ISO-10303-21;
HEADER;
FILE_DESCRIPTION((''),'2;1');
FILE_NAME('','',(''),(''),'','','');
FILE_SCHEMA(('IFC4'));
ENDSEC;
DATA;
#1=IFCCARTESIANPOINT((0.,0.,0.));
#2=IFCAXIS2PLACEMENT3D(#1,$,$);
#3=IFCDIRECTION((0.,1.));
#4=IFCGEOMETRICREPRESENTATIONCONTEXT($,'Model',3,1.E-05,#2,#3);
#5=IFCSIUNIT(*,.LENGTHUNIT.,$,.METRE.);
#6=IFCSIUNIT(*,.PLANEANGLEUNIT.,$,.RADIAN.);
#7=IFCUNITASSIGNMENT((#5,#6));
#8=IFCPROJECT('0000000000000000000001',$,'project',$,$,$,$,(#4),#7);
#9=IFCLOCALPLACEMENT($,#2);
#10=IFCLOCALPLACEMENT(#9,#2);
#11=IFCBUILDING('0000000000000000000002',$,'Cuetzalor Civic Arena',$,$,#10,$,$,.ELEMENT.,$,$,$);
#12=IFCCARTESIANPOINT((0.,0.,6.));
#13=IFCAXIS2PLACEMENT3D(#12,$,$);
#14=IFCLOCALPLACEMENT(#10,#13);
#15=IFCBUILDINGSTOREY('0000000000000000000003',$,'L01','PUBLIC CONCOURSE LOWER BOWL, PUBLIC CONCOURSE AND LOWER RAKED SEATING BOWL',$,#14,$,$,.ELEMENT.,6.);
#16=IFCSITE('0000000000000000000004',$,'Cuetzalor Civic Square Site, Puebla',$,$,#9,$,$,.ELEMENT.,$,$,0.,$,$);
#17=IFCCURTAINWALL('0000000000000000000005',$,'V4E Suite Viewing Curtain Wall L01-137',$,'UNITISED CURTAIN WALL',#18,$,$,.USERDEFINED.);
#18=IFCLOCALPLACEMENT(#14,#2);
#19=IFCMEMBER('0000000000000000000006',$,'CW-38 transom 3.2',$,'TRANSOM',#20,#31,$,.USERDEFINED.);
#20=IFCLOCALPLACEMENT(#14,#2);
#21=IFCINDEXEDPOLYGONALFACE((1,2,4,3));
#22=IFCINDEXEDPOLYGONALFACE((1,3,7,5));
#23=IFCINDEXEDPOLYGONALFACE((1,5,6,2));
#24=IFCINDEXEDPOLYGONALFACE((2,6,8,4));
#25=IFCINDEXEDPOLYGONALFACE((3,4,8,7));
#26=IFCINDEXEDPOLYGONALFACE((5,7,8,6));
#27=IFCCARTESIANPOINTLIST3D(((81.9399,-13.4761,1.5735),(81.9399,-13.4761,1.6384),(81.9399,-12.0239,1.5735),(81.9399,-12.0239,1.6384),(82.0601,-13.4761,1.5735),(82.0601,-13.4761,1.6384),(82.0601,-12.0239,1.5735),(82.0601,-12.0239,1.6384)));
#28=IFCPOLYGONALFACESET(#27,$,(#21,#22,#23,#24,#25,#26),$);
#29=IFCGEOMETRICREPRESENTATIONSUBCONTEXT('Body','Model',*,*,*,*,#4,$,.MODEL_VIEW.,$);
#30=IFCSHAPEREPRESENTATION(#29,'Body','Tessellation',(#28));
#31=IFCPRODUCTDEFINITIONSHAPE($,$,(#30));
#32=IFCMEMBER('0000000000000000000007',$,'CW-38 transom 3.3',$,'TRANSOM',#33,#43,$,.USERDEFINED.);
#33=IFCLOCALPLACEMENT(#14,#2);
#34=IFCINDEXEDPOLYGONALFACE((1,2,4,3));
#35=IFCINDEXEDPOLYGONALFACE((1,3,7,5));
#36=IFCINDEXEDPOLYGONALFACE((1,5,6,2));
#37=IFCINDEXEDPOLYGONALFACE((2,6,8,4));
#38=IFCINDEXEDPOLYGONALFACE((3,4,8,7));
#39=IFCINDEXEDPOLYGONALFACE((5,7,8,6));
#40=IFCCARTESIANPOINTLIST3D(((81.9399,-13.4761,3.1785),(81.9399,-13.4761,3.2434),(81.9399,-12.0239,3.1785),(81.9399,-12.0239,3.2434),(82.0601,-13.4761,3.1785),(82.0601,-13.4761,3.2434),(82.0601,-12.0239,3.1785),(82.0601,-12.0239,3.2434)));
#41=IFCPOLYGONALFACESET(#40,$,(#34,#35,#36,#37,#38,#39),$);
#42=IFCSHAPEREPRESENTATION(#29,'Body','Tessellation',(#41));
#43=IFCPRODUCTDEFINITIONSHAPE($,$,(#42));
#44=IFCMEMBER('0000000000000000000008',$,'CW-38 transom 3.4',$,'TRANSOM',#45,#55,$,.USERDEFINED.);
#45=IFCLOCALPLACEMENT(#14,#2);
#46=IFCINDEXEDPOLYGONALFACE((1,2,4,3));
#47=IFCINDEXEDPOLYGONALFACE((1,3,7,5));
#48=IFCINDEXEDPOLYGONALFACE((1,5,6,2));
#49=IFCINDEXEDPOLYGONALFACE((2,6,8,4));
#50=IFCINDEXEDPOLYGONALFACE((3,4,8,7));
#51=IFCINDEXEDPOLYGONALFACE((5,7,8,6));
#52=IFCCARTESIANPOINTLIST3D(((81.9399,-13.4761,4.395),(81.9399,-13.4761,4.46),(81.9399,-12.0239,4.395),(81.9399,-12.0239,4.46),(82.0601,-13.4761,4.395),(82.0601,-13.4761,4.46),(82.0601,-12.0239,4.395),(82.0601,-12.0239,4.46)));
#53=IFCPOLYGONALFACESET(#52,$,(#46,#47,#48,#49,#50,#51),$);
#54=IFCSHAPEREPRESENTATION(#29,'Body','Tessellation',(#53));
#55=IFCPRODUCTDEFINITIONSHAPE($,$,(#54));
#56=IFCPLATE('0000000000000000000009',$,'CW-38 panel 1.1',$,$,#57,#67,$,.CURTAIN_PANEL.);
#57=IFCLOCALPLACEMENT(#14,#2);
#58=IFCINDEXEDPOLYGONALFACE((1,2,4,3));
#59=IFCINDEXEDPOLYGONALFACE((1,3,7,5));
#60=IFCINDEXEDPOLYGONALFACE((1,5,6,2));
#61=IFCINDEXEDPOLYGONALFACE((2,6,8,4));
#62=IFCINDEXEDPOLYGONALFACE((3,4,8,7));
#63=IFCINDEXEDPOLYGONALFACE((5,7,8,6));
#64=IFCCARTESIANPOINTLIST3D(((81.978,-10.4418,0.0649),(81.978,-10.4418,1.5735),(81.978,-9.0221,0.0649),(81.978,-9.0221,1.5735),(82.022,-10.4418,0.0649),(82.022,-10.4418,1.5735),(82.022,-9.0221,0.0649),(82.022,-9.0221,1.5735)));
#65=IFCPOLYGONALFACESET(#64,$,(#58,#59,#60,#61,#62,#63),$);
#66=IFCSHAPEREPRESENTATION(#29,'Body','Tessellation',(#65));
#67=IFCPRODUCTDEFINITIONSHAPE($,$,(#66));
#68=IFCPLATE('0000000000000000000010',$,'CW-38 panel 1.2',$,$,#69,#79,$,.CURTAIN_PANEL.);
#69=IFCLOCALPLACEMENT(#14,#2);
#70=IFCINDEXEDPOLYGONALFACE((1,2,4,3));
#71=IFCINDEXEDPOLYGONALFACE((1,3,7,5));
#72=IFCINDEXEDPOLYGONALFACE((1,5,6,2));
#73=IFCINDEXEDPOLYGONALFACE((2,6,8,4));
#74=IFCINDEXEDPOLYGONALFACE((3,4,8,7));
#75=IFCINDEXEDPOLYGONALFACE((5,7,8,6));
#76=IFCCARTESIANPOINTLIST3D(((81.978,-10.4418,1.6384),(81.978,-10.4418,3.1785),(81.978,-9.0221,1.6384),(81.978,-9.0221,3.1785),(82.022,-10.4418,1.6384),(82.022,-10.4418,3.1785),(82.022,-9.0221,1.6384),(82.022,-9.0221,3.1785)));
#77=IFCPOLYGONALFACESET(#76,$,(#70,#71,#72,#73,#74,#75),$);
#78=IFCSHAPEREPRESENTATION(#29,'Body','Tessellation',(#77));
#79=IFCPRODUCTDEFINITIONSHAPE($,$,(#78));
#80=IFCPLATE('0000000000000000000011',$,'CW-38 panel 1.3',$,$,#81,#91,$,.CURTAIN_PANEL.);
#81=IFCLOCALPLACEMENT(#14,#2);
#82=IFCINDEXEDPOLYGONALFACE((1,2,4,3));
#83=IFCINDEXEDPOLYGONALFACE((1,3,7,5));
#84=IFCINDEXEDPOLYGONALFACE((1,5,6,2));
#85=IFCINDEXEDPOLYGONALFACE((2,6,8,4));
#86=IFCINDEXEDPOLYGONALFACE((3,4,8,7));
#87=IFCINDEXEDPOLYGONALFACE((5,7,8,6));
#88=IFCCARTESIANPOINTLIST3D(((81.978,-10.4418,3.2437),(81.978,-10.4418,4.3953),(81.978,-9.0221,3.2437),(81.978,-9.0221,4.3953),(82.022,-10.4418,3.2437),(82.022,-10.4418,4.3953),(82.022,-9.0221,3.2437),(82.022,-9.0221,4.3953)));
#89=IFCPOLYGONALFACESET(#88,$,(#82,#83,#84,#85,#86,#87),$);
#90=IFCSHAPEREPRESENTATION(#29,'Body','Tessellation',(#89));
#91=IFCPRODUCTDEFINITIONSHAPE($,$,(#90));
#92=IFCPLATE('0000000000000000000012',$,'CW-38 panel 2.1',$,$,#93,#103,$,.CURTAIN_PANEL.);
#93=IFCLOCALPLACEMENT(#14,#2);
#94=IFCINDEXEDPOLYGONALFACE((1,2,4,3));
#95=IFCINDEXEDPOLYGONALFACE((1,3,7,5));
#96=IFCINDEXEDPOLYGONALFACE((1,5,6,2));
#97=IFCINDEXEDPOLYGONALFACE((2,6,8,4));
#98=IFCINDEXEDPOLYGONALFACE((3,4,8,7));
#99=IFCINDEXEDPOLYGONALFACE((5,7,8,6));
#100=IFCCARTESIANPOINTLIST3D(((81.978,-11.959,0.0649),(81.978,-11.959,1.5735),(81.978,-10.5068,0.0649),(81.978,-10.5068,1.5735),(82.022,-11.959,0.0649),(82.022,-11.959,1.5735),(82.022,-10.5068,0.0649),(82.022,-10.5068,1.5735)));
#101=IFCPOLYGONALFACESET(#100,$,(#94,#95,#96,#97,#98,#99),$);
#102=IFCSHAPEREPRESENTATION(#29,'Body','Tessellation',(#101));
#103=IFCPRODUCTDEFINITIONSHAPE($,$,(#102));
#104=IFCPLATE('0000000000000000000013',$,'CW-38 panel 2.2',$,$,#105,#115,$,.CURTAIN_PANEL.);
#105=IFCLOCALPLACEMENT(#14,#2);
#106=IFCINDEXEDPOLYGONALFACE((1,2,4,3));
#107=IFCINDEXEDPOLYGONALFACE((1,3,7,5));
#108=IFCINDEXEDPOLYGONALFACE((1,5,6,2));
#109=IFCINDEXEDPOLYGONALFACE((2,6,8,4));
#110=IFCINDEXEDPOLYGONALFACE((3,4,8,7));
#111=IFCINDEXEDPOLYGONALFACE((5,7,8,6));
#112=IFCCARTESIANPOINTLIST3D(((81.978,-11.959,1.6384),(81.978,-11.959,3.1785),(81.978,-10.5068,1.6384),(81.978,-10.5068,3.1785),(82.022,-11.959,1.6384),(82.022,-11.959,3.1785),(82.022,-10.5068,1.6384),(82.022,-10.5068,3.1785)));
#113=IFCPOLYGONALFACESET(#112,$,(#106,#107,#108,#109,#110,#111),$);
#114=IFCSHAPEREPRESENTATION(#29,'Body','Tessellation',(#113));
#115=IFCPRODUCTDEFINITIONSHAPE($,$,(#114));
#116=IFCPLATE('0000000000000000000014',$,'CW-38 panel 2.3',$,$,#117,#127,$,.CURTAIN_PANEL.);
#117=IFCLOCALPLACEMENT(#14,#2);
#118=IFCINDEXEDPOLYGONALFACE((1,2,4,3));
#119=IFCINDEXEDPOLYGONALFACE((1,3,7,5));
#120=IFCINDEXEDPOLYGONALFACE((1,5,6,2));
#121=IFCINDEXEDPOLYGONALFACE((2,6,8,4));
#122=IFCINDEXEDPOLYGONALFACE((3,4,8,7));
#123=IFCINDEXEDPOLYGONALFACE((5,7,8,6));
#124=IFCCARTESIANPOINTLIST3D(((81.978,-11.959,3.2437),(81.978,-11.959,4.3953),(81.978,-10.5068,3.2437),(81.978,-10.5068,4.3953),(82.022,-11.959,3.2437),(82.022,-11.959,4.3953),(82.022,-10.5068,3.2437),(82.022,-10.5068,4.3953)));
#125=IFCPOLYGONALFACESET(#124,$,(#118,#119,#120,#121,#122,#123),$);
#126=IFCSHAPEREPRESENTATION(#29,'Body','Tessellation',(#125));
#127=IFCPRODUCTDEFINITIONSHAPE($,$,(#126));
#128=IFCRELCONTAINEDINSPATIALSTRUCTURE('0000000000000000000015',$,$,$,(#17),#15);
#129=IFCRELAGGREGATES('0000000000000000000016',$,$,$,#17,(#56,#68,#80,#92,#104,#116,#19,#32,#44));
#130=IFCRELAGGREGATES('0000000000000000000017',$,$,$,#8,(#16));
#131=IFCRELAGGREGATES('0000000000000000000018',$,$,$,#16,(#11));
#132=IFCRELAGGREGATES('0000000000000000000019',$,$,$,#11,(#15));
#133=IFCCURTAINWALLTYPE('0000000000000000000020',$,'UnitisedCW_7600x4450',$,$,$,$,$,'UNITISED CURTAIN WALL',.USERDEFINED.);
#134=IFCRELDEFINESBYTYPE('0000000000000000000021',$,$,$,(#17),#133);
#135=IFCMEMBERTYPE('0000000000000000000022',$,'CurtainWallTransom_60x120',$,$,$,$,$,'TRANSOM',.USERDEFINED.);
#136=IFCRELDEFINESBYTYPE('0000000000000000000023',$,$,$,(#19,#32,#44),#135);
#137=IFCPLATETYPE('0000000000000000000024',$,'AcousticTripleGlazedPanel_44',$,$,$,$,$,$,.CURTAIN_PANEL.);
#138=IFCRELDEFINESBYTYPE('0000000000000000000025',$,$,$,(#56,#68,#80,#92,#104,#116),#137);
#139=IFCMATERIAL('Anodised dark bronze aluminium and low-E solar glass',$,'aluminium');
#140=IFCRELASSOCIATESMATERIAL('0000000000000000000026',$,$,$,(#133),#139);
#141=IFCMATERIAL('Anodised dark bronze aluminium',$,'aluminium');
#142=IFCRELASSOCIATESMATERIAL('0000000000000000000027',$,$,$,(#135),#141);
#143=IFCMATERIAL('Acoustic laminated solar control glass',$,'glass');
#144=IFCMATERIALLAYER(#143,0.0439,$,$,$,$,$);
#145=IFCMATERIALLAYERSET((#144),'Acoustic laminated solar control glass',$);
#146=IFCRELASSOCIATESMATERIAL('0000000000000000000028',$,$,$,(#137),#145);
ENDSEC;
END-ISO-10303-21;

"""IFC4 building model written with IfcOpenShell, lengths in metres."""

from ifc_helpers import new_model, si_unit, direction, frame, origin, origin_2d, place, context, subcontext, project, spatial, rectangle, extrude, material, layer, layer_set, material_profile, profile_set, type_object, element, aggregate, save


model = new_model("IFC4")

# Units and contexts
model_context = context("Model", 3, precision=1e-05, world=origin(), true_north=direction((0.0, 1.0)))
body_context = subcontext(model_context, "Body", "Model", "MODEL_VIEW")
ifc_project = project(units=[si_unit("LENGTHUNIT", "METRE"), si_unit("PLANEANGLEUNIT", "RADIAN")], contexts=[model_context])

# Site, building, storey
site_placement = place(None, origin())
site = spatial("IfcSite", under=ifc_project, at=site_placement, Name="Cuetzalor Civic Square Site, Puebla", CompositionType="ELEMENT", RefElevation=0.0)
building_placement = place(site_placement, origin())
building = spatial("IfcBuilding", under=site, at=building_placement, Name="Cuetzalor Civic Arena", CompositionType="ELEMENT")
storey_placement = place(building_placement, frame((0.0, 0.0, 6.0)))
storey = spatial("IfcBuildingStorey", under=building, at=storey_placement, Name="L01", Description="PUBLIC CONCOURSE LOWER BOWL, PUBLIC CONCOURSE AND LOWER RAKED SEATING BOWL", CompositionType="ELEMENT", Elevation=6.0)

# Curtain wall, members, plates
ifc_material_1 = material(Name="Anodised dark bronze aluminium and low-E solar glass", Category="aluminium")
curtain_wall_type = type_object("IfcCurtainWallType", Name="UnitisedCW_7600x4450", ElementType="UNITISED CURTAIN WALL", PredefinedType="USERDEFINED", material=ifc_material_1)
curtain_wall_placement = place(storey_placement, origin())
curtain_wall = element("IfcCurtainWall", 1, at=curtain_wall_placement, inside=storey, type_object=curtain_wall_type, Name="V4E Suite Viewing Curtain Wall L01-137", ObjectType="UNITISED CURTAIN WALL", PredefinedType="USERDEFINED")
ifc_material_2 = material(Name="Anodised dark bronze aluminium", Category="aluminium")
ifc_material_profile_1 = material_profile(ifc_material_2, rectangle(XDim=0.1201, YDim=0.0649, at=origin_2d()), Name="ALU TRANSOM 65x120")
ifc_profile_set_1 = profile_set([ifc_material_profile_1], Name="Anodised dark bronze aluminium")
member_type_1 = type_object("IfcMemberType", Name="CurtainWallTransom_60x120", ElementType="TRANSOM", PredefinedType="USERDEFINED", material=ifc_profile_set_1)
member_1_placement = place(storey_placement, frame((82.0, -12.0239, 1.606), z_axis=(0.0, -1.0, 0.0), x_axis=(1.0, 0.0, 0.0)))
member_1 = element("IfcMember", 2, at=member_1_placement, type_object=member_type_1, Name="CW-38 transom 3.2", ObjectType="TRANSOM", PredefinedType="USERDEFINED", context=body_context, shape_type="SweptSolid", body=[
    extrude(rectangle(XDim=0.1201, YDim=0.0649, at=origin_2d()), origin(), (0.0, 0.0, 1.0), 1.4521),
])
member_2_placement = place(storey_placement, frame((82.0, -12.0239, 3.2109), z_axis=(0.0, -1.0, 0.0), x_axis=(1.0, 0.0, 0.0)))
member_2 = element("IfcMember", 3, at=member_2_placement, type_object=member_type_1, Name="CW-38 transom 3.3", ObjectType="TRANSOM", PredefinedType="USERDEFINED", context=body_context, shape_type="SweptSolid", body=[
    extrude(rectangle(XDim=0.1201, YDim=0.0649, at=origin_2d()), origin(), (0.0, 0.0, 1.0), 1.4521),
])
member_3_placement = place(storey_placement, frame((82.0, -12.0239, 4.4275), z_axis=(0.0, -1.0, 0.0), x_axis=(1.0, 0.0, 0.0)))
member_3 = element("IfcMember", 4, at=member_3_placement, type_object=member_type_1, Name="CW-38 transom 3.4", ObjectType="TRANSOM", PredefinedType="USERDEFINED", context=body_context, shape_type="SweptSolid", body=[
    extrude(rectangle(XDim=0.1201, YDim=0.0649, at=origin_2d()), origin(), (0.0, 0.0, 1.0), 1.4521),
])
ifc_material_3 = material(Name="Acoustic laminated solar control glass", Category="glass")
ifc_layer = layer(ifc_material_3, 0.0439)
ifc_layer_set = layer_set([ifc_layer], Name="Acoustic laminated solar control glass")
plate_type = type_object("IfcPlateType", Name="AcousticTripleGlazedPanel_44", PredefinedType="CURTAIN_PANEL", material=ifc_layer_set)
plate_1_placement = place(storey_placement, frame((82.0, -9.7319, 0.0649), z_axis=(0.0, 0.0, 1.0), x_axis=(0.0, -1.0, 0.0)))
plate_1 = element("IfcPlate", 5, at=plate_1_placement, type_object=plate_type, Name="CW-38 panel 1.1", PredefinedType="CURTAIN_PANEL", context=body_context, shape_type="SweptSolid", body=[
    extrude(rectangle(XDim=1.4197, YDim=0.0439, at=origin_2d()), origin(), (0.0, 0.0, 1.0), 1.5085),
])
plate_2_placement = place(storey_placement, frame((82.0, -9.7319, 1.6384), z_axis=(0.0, 0.0, 1.0), x_axis=(0.0, -1.0, 0.0)))
plate_2 = element("IfcPlate", 6, at=plate_2_placement, type_object=plate_type, Name="CW-38 panel 1.2", PredefinedType="CURTAIN_PANEL", context=body_context, shape_type="SweptSolid", body=[
    extrude(rectangle(XDim=1.4197, YDim=0.0439, at=origin_2d()), origin(), (0.0, 0.0, 1.0), 1.54),
])
plate_3_placement = place(storey_placement, frame((82.0, -9.7319, 3.2437), z_axis=(0.0, 0.0, 1.0), x_axis=(0.0, -1.0, 0.0)))
plate_3 = element("IfcPlate", 7, at=plate_3_placement, type_object=plate_type, Name="CW-38 panel 1.3", PredefinedType="CURTAIN_PANEL", context=body_context, shape_type="SweptSolid", body=[
    extrude(rectangle(XDim=1.4197, YDim=0.0439, at=origin_2d()), origin(), (0.0, 0.0, 1.0), 1.1516),
])
plate_4_placement = place(storey_placement, frame((82.0, -11.2329, 0.0649), z_axis=(0.0, 0.0, 1.0), x_axis=(0.0, -1.0, 0.0)))
plate_4 = element("IfcPlate", 8, at=plate_4_placement, type_object=plate_type, Name="CW-38 panel 2.1", PredefinedType="CURTAIN_PANEL", context=body_context, shape_type="SweptSolid", body=[
    extrude(rectangle(XDim=1.4521, YDim=0.0439, at=origin_2d()), origin(), (0.0, 0.0, 1.0), 1.5085),
])
plate_5_placement = place(storey_placement, frame((82.0, -11.2329, 1.6384), z_axis=(0.0, 0.0, 1.0), x_axis=(0.0, -1.0, 0.0)))
plate_5 = element("IfcPlate", 9, at=plate_5_placement, type_object=plate_type, Name="CW-38 panel 2.2", PredefinedType="CURTAIN_PANEL", context=body_context, shape_type="SweptSolid", body=[
    extrude(rectangle(XDim=1.4521, YDim=0.0439, at=origin_2d()), origin(), (0.0, 0.0, 1.0), 1.54),
])
plate_6_placement = place(storey_placement, frame((82.0, -11.2329, 3.2437), z_axis=(0.0, 0.0, 1.0), x_axis=(0.0, -1.0, 0.0)))
plate_6 = element("IfcPlate", 10, at=plate_6_placement, type_object=plate_type, Name="CW-38 panel 2.3", PredefinedType="CURTAIN_PANEL", context=body_context, shape_type="SweptSolid", body=[
    extrude(rectangle(XDim=1.4521, YDim=0.0439, at=origin_2d()), origin(), (0.0, 0.0, 1.0), 1.1516),
])
aggregate(curtain_wall, [plate_1, plate_2, plate_3, plate_4, plate_5, plate_6, member_1, member_2, member_3])

save(model, "model.ifc")
